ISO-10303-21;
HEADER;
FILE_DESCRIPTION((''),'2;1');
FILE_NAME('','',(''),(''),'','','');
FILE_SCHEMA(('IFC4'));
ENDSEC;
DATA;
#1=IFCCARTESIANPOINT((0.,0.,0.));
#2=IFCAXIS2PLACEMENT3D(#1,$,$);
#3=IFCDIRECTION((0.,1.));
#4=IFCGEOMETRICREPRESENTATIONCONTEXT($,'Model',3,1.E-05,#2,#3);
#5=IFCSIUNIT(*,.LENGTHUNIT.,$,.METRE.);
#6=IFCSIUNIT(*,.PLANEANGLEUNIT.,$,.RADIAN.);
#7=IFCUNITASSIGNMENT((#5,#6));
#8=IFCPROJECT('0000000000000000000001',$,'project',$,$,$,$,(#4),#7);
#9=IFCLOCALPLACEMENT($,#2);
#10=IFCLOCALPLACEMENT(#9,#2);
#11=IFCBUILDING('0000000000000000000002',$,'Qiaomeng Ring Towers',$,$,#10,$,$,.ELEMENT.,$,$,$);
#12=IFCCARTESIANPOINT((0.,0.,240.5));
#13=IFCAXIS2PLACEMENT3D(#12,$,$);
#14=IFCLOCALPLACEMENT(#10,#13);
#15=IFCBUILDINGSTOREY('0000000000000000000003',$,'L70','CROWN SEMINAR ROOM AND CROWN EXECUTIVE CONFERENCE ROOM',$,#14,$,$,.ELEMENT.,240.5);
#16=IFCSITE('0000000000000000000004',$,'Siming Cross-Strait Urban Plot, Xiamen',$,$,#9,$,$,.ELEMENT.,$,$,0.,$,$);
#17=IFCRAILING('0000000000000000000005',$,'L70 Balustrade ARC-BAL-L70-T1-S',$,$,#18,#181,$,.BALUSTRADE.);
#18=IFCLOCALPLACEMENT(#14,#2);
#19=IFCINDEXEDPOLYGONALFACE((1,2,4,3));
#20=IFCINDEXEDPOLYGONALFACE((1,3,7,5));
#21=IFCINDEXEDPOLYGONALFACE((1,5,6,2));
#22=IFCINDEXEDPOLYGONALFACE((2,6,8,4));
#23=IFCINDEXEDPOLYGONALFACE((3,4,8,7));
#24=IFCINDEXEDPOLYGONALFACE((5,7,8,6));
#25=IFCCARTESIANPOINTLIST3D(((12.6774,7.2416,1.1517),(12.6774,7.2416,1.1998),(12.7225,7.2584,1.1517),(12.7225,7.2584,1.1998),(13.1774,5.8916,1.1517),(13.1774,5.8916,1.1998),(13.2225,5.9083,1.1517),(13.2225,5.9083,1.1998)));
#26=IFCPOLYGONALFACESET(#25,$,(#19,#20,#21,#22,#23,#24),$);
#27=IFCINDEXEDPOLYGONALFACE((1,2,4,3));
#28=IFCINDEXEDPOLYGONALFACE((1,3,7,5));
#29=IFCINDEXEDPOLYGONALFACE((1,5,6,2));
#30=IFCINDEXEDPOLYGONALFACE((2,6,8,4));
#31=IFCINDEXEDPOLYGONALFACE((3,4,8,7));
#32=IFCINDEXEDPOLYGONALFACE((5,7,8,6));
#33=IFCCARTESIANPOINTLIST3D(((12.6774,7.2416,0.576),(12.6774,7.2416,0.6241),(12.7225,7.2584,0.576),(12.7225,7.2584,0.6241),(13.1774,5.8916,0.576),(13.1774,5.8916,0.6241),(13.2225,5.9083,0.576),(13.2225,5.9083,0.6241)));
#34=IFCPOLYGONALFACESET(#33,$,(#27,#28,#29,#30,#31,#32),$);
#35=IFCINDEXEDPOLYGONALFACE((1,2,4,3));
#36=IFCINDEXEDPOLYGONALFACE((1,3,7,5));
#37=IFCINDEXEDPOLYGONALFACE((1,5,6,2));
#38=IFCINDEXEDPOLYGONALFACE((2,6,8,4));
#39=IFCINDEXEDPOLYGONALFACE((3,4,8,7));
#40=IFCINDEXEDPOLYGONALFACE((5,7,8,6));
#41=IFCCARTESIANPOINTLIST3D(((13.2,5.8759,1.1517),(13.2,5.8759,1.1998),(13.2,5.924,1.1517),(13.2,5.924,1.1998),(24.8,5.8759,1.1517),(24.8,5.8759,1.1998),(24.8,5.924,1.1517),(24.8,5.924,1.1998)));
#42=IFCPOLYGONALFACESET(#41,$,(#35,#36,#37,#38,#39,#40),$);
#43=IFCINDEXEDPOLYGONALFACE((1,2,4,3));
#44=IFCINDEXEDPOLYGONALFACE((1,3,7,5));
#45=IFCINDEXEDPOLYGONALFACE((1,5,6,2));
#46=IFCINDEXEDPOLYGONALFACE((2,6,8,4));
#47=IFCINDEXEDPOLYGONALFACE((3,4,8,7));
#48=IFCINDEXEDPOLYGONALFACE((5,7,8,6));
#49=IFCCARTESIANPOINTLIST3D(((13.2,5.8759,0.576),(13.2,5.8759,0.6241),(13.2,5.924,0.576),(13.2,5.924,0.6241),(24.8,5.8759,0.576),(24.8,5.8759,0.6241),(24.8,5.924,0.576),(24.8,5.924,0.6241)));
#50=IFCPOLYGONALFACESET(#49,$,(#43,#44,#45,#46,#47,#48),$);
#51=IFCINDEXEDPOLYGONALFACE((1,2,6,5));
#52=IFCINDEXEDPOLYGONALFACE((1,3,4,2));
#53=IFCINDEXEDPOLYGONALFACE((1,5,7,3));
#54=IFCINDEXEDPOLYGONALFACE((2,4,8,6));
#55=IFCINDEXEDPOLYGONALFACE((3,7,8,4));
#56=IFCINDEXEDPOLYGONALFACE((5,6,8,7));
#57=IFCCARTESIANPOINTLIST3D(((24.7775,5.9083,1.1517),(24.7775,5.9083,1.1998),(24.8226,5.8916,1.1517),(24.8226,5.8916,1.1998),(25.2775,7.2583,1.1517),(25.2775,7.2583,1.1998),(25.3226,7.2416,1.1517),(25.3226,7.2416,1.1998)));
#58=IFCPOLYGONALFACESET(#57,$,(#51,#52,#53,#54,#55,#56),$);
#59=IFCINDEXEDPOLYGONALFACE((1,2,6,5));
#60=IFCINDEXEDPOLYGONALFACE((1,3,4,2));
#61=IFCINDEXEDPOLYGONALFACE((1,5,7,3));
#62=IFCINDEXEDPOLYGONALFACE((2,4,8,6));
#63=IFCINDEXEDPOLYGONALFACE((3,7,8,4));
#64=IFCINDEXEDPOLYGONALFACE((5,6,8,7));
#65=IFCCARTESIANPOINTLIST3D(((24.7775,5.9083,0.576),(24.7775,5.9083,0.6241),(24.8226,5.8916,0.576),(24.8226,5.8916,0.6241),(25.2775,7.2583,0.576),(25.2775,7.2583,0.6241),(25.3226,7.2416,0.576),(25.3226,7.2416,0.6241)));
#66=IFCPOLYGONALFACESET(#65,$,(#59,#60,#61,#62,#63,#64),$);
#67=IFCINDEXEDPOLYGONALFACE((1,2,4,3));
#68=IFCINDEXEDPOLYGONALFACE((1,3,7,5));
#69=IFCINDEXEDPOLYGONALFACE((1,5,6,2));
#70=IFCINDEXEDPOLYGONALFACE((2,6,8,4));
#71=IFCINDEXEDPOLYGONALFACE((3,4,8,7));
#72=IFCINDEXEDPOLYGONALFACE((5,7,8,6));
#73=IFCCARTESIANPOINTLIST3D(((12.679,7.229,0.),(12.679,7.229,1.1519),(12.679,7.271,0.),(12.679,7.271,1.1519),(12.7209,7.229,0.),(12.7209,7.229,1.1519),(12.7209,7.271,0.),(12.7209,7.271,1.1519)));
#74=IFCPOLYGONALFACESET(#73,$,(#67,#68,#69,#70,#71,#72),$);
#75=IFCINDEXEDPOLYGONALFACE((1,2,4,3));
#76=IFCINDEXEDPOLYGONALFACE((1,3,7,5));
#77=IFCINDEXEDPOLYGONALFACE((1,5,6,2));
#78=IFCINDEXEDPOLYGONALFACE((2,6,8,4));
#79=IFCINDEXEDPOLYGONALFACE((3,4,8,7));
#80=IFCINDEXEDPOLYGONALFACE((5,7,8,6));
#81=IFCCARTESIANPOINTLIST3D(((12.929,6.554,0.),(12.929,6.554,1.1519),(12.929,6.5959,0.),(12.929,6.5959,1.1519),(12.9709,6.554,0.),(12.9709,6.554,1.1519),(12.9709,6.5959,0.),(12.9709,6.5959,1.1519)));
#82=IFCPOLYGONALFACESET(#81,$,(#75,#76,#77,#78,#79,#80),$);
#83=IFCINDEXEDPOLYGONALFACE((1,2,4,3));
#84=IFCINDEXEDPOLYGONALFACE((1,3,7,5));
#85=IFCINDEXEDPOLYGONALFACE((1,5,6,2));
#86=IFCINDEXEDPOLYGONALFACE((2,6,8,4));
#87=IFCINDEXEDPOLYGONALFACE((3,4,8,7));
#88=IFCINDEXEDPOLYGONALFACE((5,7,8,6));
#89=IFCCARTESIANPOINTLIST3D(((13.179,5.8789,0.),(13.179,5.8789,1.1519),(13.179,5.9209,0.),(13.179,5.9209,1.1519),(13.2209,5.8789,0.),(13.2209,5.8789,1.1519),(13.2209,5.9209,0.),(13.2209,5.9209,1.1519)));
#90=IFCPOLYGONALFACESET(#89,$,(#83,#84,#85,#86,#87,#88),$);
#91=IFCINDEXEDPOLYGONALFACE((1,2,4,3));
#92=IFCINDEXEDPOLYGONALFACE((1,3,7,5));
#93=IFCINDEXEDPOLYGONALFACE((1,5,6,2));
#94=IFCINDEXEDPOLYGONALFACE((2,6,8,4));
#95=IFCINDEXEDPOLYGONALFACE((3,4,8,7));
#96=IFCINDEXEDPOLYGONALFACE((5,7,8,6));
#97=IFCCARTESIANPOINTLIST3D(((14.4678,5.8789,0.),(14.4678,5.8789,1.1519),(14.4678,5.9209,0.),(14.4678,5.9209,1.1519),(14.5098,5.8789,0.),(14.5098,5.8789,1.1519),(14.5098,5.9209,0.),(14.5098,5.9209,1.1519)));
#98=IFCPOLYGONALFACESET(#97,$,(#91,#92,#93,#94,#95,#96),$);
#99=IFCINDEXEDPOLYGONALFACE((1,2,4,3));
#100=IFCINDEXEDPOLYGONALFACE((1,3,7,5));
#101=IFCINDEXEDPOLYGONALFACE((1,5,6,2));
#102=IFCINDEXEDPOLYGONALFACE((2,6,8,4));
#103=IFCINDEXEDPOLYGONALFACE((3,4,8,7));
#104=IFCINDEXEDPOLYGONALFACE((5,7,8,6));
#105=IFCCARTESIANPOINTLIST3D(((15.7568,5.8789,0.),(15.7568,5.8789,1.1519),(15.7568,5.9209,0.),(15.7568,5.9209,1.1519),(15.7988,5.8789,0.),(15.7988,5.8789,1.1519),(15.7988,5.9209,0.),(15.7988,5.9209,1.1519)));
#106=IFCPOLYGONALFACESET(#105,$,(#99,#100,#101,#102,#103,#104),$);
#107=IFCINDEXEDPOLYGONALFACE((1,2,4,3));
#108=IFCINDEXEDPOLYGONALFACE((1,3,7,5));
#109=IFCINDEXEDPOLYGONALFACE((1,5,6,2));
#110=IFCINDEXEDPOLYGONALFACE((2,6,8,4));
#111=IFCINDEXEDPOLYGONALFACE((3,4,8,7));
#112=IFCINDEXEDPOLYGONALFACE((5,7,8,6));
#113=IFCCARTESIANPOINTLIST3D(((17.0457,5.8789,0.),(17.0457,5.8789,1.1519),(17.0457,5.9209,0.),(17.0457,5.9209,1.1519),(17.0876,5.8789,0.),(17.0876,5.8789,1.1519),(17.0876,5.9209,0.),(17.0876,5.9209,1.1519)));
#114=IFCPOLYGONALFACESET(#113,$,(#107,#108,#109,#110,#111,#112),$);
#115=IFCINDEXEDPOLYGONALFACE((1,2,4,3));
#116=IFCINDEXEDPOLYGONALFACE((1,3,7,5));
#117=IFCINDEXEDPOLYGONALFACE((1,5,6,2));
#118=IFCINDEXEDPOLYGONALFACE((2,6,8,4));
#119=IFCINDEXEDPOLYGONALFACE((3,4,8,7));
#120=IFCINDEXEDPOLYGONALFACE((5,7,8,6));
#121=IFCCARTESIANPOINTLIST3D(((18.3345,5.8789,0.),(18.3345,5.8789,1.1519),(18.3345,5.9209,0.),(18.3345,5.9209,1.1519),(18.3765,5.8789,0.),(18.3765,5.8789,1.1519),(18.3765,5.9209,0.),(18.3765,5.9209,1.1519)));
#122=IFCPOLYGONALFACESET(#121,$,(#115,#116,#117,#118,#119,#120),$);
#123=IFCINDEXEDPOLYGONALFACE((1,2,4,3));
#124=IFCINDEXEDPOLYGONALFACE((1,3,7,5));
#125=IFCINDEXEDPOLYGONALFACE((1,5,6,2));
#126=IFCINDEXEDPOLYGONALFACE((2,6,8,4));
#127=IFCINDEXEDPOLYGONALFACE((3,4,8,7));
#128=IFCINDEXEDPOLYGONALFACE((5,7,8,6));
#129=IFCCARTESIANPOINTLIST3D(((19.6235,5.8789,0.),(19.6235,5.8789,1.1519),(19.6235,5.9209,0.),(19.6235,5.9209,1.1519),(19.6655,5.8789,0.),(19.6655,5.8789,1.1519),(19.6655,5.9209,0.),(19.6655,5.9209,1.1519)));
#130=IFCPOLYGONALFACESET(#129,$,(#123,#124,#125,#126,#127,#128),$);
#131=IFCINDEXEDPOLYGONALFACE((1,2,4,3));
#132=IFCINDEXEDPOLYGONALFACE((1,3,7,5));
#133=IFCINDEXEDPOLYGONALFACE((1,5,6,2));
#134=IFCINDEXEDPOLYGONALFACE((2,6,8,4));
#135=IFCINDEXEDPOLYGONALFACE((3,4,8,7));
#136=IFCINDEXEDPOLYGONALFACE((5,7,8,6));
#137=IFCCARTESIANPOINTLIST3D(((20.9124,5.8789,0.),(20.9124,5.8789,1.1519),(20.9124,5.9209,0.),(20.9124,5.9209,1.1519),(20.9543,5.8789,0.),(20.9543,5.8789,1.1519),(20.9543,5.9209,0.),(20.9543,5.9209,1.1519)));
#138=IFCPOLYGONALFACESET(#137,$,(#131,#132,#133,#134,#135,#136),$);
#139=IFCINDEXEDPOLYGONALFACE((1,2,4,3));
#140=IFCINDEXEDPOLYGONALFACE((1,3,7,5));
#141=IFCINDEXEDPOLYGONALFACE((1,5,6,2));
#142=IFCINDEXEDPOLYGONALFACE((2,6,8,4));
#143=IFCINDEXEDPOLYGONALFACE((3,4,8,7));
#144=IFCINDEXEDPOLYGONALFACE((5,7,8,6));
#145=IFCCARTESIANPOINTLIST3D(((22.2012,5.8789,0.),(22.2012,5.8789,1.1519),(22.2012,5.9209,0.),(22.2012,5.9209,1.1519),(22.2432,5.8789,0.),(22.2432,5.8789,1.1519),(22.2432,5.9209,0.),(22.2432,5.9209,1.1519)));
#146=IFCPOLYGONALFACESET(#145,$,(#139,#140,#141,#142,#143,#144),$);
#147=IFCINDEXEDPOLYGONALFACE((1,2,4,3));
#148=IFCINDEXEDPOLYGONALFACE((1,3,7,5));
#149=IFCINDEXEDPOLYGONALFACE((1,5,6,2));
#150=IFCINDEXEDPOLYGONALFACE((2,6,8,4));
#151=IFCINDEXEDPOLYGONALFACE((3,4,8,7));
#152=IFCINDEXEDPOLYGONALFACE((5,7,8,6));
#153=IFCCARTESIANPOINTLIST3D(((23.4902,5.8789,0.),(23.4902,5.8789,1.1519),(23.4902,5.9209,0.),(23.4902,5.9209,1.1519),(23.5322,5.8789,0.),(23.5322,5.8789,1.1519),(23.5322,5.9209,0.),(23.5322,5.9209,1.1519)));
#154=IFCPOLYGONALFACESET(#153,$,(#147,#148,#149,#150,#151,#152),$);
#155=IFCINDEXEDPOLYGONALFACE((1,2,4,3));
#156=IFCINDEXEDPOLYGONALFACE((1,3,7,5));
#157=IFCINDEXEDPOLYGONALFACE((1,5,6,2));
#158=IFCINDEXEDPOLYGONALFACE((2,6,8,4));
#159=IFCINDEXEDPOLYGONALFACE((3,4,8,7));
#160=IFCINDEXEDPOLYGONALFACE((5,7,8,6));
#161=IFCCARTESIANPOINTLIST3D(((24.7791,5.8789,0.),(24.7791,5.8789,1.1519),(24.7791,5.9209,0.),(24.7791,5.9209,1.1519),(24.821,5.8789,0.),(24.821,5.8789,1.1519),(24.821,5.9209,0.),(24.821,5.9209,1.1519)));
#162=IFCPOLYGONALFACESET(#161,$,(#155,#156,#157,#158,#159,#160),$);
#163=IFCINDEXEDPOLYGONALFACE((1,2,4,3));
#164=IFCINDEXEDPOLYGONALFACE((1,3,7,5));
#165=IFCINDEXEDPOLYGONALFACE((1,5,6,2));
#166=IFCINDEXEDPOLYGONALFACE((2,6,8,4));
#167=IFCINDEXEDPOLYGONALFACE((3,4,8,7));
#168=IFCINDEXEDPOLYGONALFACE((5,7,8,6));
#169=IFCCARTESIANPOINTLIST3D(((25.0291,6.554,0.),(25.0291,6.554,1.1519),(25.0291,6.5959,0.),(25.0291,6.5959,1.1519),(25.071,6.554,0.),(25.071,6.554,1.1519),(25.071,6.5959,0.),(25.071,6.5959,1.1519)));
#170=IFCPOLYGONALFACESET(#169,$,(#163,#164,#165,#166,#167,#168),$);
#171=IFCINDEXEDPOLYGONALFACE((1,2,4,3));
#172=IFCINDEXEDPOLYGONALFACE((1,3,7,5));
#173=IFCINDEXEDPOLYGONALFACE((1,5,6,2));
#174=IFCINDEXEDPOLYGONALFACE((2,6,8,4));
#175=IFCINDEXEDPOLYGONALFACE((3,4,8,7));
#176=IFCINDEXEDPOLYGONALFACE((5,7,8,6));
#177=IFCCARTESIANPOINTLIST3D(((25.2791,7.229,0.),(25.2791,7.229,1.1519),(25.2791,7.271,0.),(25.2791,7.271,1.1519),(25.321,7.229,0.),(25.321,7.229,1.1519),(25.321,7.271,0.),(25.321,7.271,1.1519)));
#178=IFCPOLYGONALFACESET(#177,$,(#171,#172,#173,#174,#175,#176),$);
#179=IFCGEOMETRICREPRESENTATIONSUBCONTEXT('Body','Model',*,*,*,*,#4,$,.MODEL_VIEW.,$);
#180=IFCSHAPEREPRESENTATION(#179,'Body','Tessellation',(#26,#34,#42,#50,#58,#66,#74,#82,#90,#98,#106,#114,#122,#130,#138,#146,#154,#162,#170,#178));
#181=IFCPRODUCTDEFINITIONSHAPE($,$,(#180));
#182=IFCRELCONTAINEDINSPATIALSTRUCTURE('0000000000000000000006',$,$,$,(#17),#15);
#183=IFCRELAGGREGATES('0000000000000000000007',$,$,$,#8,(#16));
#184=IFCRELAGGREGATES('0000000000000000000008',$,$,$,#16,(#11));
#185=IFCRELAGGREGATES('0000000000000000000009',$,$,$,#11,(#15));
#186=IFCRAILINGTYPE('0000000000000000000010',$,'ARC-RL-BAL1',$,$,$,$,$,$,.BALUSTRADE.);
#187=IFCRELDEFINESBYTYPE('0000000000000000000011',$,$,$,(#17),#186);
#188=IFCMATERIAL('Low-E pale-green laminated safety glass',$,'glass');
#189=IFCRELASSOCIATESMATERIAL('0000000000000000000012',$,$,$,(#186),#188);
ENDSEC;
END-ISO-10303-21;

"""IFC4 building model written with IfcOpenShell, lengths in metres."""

from ifc_helpers import new_model, si_unit, direction, frame, origin, origin_2d, place, context, subcontext, project, spatial, rectangle, extrude, material, type_object, element, save


model = new_model("IFC4")

# Units and contexts
model_context = context("Model", 3, precision=1e-05, world=origin(), true_north=direction((0.0, 1.0)))
body_context = subcontext(model_context, "Body", "Model", "MODEL_VIEW")
ifc_project = project(units=[si_unit("LENGTHUNIT", "METRE"), si_unit("PLANEANGLEUNIT", "RADIAN")], contexts=[model_context])

# Site, building, storey
site_placement = place(None, origin())
site = spatial("IfcSite", under=ifc_project, at=site_placement, Name="Siming Cross-Strait Urban Plot, Xiamen", CompositionType="ELEMENT", RefElevation=0.0)
building_placement = place(site_placement, origin())
building = spatial("IfcBuilding", under=site, at=building_placement, Name="Qiaomeng Ring Towers", CompositionType="ELEMENT")
storey_placement = place(building_placement, frame((0.0, 0.0, 240.5)))
storey = spatial("IfcBuildingStorey", under=building, at=storey_placement, Name="L70", Description="CROWN SEMINAR ROOM AND CROWN EXECUTIVE CONFERENCE ROOM", CompositionType="ELEMENT", Elevation=240.5)

# Railing
ifc_material_1 = material(Name="Low-E pale-green laminated safety glass", Category="glass")
railing_type = type_object("IfcRailingType", Name="ARC-RL-BAL1", PredefinedType="BALUSTRADE", material=ifc_material_1)
railing_placement = place(storey_placement, frame((12.7, 7.25, 0.0)))
element("IfcRailing", 1, at=railing_placement, inside=storey, type_object=railing_type, Name="L70 Balustrade ARC-BAL-L70-T1-S", PredefinedType="BALUSTRADE", context=body_context, shape_type="SweptSolid", body=[
    extrude(rectangle(XDim=0.0481, YDim=0.0481, at=origin_2d()), frame((0.0, 0.0, 1.1758), z_axis=(0.347292, -0.937757, 0.0), x_axis=(0.937757, 0.347292, 0.0)), (0.0, 0.0, 1.0), 1.4397),
    extrude(rectangle(XDim=0.0481, YDim=0.0481, at=origin_2d()), frame((0.0, 0.0, 0.6001), z_axis=(0.347292, -0.937757, 0.0), x_axis=(0.937757, 0.347292, 0.0)), (0.0, 0.0, 1.0), 1.4397),
    extrude(rectangle(XDim=0.0481, YDim=0.0481, at=origin_2d()), frame((0.5, -1.3501, 1.1758), z_axis=(1.0, 0.0, 0.0), x_axis=(0.0, 1.0, 0.0)), (0.0, 0.0, 1.0), 11.6001),
    extrude(rectangle(XDim=0.0481, YDim=0.0481, at=origin_2d()), frame((0.5, -1.3501, 0.6001), z_axis=(1.0, 0.0, 0.0), x_axis=(0.0, 1.0, 0.0)), (0.0, 0.0, 1.0), 11.6001),
    extrude(rectangle(XDim=0.0481, YDim=0.0481, at=origin_2d()), frame((12.1001, -1.3501, 1.1758), z_axis=(0.347292, 0.937757, 0.0), x_axis=(-0.937757, 0.347292, 0.0)), (0.0, 0.0, 1.0), 1.4397),
    extrude(rectangle(XDim=0.0481, YDim=0.0481, at=origin_2d()), frame((12.1001, -1.3501, 0.6001), z_axis=(0.347292, 0.937757, 0.0), x_axis=(-0.937757, 0.347292, 0.0)), (0.0, 0.0, 1.0), 1.4397),
    extrude(rectangle(XDim=0.042, YDim=0.042, at=origin_2d()), origin(), (0.0, 0.0, 1.0), 1.1519),
    extrude(rectangle(XDim=0.042, YDim=0.042, at=origin_2d()), frame((0.25, -0.675, 0.0)), (0.0, 0.0, 1.0), 1.1519),
    extrude(rectangle(XDim=0.042, YDim=0.042, at=origin_2d()), frame((0.5, -1.3501, 0.0)), (0.0, 0.0, 1.0), 1.1519),
    extrude(rectangle(XDim=0.042, YDim=0.042, at=origin_2d()), frame((1.7888, -1.3501, 0.0)), (0.0, 0.0, 1.0), 1.1519),
    extrude(rectangle(XDim=0.042, YDim=0.042, at=origin_2d()), frame((3.0779, -1.3501, 0.0)), (0.0, 0.0, 1.0), 1.1519),
    extrude(rectangle(XDim=0.042, YDim=0.042, at=origin_2d()), frame((4.3667, -1.3501, 0.0)), (0.0, 0.0, 1.0), 1.1519),
    extrude(rectangle(XDim=0.042, YDim=0.042, at=origin_2d()), frame((5.6555, -1.3501, 0.0)), (0.0, 0.0, 1.0), 1.1519),
    extrude(rectangle(XDim=0.042, YDim=0.042, at=origin_2d()), frame((6.9446, -1.3501, 0.0)), (0.0, 0.0, 1.0), 1.1519),
    extrude(rectangle(XDim=0.042, YDim=0.042, at=origin_2d()), frame((8.2334, -1.3501, 0.0)), (0.0, 0.0, 1.0), 1.1519),
    extrude(rectangle(XDim=0.042, YDim=0.042, at=origin_2d()), frame((9.5222, -1.3501, 0.0)), (0.0, 0.0, 1.0), 1.1519),
    extrude(rectangle(XDim=0.042, YDim=0.042, at=origin_2d()), frame((10.8113, -1.3501, 0.0)), (0.0, 0.0, 1.0), 1.1519),
    extrude(rectangle(XDim=0.042, YDim=0.042, at=origin_2d()), frame((12.1001, -1.3501, 0.0)), (0.0, 0.0, 1.0), 1.1519),
    extrude(rectangle(XDim=0.042, YDim=0.042, at=origin_2d()), frame((12.3501, -0.675, 0.0)), (0.0, 0.0, 1.0), 1.1519),
    extrude(rectangle(XDim=0.042, YDim=0.042, at=origin_2d()), frame((12.6001, 0.0, 0.0)), (0.0, 0.0, 1.0), 1.1519),
])

save(model, "model.ifc")
